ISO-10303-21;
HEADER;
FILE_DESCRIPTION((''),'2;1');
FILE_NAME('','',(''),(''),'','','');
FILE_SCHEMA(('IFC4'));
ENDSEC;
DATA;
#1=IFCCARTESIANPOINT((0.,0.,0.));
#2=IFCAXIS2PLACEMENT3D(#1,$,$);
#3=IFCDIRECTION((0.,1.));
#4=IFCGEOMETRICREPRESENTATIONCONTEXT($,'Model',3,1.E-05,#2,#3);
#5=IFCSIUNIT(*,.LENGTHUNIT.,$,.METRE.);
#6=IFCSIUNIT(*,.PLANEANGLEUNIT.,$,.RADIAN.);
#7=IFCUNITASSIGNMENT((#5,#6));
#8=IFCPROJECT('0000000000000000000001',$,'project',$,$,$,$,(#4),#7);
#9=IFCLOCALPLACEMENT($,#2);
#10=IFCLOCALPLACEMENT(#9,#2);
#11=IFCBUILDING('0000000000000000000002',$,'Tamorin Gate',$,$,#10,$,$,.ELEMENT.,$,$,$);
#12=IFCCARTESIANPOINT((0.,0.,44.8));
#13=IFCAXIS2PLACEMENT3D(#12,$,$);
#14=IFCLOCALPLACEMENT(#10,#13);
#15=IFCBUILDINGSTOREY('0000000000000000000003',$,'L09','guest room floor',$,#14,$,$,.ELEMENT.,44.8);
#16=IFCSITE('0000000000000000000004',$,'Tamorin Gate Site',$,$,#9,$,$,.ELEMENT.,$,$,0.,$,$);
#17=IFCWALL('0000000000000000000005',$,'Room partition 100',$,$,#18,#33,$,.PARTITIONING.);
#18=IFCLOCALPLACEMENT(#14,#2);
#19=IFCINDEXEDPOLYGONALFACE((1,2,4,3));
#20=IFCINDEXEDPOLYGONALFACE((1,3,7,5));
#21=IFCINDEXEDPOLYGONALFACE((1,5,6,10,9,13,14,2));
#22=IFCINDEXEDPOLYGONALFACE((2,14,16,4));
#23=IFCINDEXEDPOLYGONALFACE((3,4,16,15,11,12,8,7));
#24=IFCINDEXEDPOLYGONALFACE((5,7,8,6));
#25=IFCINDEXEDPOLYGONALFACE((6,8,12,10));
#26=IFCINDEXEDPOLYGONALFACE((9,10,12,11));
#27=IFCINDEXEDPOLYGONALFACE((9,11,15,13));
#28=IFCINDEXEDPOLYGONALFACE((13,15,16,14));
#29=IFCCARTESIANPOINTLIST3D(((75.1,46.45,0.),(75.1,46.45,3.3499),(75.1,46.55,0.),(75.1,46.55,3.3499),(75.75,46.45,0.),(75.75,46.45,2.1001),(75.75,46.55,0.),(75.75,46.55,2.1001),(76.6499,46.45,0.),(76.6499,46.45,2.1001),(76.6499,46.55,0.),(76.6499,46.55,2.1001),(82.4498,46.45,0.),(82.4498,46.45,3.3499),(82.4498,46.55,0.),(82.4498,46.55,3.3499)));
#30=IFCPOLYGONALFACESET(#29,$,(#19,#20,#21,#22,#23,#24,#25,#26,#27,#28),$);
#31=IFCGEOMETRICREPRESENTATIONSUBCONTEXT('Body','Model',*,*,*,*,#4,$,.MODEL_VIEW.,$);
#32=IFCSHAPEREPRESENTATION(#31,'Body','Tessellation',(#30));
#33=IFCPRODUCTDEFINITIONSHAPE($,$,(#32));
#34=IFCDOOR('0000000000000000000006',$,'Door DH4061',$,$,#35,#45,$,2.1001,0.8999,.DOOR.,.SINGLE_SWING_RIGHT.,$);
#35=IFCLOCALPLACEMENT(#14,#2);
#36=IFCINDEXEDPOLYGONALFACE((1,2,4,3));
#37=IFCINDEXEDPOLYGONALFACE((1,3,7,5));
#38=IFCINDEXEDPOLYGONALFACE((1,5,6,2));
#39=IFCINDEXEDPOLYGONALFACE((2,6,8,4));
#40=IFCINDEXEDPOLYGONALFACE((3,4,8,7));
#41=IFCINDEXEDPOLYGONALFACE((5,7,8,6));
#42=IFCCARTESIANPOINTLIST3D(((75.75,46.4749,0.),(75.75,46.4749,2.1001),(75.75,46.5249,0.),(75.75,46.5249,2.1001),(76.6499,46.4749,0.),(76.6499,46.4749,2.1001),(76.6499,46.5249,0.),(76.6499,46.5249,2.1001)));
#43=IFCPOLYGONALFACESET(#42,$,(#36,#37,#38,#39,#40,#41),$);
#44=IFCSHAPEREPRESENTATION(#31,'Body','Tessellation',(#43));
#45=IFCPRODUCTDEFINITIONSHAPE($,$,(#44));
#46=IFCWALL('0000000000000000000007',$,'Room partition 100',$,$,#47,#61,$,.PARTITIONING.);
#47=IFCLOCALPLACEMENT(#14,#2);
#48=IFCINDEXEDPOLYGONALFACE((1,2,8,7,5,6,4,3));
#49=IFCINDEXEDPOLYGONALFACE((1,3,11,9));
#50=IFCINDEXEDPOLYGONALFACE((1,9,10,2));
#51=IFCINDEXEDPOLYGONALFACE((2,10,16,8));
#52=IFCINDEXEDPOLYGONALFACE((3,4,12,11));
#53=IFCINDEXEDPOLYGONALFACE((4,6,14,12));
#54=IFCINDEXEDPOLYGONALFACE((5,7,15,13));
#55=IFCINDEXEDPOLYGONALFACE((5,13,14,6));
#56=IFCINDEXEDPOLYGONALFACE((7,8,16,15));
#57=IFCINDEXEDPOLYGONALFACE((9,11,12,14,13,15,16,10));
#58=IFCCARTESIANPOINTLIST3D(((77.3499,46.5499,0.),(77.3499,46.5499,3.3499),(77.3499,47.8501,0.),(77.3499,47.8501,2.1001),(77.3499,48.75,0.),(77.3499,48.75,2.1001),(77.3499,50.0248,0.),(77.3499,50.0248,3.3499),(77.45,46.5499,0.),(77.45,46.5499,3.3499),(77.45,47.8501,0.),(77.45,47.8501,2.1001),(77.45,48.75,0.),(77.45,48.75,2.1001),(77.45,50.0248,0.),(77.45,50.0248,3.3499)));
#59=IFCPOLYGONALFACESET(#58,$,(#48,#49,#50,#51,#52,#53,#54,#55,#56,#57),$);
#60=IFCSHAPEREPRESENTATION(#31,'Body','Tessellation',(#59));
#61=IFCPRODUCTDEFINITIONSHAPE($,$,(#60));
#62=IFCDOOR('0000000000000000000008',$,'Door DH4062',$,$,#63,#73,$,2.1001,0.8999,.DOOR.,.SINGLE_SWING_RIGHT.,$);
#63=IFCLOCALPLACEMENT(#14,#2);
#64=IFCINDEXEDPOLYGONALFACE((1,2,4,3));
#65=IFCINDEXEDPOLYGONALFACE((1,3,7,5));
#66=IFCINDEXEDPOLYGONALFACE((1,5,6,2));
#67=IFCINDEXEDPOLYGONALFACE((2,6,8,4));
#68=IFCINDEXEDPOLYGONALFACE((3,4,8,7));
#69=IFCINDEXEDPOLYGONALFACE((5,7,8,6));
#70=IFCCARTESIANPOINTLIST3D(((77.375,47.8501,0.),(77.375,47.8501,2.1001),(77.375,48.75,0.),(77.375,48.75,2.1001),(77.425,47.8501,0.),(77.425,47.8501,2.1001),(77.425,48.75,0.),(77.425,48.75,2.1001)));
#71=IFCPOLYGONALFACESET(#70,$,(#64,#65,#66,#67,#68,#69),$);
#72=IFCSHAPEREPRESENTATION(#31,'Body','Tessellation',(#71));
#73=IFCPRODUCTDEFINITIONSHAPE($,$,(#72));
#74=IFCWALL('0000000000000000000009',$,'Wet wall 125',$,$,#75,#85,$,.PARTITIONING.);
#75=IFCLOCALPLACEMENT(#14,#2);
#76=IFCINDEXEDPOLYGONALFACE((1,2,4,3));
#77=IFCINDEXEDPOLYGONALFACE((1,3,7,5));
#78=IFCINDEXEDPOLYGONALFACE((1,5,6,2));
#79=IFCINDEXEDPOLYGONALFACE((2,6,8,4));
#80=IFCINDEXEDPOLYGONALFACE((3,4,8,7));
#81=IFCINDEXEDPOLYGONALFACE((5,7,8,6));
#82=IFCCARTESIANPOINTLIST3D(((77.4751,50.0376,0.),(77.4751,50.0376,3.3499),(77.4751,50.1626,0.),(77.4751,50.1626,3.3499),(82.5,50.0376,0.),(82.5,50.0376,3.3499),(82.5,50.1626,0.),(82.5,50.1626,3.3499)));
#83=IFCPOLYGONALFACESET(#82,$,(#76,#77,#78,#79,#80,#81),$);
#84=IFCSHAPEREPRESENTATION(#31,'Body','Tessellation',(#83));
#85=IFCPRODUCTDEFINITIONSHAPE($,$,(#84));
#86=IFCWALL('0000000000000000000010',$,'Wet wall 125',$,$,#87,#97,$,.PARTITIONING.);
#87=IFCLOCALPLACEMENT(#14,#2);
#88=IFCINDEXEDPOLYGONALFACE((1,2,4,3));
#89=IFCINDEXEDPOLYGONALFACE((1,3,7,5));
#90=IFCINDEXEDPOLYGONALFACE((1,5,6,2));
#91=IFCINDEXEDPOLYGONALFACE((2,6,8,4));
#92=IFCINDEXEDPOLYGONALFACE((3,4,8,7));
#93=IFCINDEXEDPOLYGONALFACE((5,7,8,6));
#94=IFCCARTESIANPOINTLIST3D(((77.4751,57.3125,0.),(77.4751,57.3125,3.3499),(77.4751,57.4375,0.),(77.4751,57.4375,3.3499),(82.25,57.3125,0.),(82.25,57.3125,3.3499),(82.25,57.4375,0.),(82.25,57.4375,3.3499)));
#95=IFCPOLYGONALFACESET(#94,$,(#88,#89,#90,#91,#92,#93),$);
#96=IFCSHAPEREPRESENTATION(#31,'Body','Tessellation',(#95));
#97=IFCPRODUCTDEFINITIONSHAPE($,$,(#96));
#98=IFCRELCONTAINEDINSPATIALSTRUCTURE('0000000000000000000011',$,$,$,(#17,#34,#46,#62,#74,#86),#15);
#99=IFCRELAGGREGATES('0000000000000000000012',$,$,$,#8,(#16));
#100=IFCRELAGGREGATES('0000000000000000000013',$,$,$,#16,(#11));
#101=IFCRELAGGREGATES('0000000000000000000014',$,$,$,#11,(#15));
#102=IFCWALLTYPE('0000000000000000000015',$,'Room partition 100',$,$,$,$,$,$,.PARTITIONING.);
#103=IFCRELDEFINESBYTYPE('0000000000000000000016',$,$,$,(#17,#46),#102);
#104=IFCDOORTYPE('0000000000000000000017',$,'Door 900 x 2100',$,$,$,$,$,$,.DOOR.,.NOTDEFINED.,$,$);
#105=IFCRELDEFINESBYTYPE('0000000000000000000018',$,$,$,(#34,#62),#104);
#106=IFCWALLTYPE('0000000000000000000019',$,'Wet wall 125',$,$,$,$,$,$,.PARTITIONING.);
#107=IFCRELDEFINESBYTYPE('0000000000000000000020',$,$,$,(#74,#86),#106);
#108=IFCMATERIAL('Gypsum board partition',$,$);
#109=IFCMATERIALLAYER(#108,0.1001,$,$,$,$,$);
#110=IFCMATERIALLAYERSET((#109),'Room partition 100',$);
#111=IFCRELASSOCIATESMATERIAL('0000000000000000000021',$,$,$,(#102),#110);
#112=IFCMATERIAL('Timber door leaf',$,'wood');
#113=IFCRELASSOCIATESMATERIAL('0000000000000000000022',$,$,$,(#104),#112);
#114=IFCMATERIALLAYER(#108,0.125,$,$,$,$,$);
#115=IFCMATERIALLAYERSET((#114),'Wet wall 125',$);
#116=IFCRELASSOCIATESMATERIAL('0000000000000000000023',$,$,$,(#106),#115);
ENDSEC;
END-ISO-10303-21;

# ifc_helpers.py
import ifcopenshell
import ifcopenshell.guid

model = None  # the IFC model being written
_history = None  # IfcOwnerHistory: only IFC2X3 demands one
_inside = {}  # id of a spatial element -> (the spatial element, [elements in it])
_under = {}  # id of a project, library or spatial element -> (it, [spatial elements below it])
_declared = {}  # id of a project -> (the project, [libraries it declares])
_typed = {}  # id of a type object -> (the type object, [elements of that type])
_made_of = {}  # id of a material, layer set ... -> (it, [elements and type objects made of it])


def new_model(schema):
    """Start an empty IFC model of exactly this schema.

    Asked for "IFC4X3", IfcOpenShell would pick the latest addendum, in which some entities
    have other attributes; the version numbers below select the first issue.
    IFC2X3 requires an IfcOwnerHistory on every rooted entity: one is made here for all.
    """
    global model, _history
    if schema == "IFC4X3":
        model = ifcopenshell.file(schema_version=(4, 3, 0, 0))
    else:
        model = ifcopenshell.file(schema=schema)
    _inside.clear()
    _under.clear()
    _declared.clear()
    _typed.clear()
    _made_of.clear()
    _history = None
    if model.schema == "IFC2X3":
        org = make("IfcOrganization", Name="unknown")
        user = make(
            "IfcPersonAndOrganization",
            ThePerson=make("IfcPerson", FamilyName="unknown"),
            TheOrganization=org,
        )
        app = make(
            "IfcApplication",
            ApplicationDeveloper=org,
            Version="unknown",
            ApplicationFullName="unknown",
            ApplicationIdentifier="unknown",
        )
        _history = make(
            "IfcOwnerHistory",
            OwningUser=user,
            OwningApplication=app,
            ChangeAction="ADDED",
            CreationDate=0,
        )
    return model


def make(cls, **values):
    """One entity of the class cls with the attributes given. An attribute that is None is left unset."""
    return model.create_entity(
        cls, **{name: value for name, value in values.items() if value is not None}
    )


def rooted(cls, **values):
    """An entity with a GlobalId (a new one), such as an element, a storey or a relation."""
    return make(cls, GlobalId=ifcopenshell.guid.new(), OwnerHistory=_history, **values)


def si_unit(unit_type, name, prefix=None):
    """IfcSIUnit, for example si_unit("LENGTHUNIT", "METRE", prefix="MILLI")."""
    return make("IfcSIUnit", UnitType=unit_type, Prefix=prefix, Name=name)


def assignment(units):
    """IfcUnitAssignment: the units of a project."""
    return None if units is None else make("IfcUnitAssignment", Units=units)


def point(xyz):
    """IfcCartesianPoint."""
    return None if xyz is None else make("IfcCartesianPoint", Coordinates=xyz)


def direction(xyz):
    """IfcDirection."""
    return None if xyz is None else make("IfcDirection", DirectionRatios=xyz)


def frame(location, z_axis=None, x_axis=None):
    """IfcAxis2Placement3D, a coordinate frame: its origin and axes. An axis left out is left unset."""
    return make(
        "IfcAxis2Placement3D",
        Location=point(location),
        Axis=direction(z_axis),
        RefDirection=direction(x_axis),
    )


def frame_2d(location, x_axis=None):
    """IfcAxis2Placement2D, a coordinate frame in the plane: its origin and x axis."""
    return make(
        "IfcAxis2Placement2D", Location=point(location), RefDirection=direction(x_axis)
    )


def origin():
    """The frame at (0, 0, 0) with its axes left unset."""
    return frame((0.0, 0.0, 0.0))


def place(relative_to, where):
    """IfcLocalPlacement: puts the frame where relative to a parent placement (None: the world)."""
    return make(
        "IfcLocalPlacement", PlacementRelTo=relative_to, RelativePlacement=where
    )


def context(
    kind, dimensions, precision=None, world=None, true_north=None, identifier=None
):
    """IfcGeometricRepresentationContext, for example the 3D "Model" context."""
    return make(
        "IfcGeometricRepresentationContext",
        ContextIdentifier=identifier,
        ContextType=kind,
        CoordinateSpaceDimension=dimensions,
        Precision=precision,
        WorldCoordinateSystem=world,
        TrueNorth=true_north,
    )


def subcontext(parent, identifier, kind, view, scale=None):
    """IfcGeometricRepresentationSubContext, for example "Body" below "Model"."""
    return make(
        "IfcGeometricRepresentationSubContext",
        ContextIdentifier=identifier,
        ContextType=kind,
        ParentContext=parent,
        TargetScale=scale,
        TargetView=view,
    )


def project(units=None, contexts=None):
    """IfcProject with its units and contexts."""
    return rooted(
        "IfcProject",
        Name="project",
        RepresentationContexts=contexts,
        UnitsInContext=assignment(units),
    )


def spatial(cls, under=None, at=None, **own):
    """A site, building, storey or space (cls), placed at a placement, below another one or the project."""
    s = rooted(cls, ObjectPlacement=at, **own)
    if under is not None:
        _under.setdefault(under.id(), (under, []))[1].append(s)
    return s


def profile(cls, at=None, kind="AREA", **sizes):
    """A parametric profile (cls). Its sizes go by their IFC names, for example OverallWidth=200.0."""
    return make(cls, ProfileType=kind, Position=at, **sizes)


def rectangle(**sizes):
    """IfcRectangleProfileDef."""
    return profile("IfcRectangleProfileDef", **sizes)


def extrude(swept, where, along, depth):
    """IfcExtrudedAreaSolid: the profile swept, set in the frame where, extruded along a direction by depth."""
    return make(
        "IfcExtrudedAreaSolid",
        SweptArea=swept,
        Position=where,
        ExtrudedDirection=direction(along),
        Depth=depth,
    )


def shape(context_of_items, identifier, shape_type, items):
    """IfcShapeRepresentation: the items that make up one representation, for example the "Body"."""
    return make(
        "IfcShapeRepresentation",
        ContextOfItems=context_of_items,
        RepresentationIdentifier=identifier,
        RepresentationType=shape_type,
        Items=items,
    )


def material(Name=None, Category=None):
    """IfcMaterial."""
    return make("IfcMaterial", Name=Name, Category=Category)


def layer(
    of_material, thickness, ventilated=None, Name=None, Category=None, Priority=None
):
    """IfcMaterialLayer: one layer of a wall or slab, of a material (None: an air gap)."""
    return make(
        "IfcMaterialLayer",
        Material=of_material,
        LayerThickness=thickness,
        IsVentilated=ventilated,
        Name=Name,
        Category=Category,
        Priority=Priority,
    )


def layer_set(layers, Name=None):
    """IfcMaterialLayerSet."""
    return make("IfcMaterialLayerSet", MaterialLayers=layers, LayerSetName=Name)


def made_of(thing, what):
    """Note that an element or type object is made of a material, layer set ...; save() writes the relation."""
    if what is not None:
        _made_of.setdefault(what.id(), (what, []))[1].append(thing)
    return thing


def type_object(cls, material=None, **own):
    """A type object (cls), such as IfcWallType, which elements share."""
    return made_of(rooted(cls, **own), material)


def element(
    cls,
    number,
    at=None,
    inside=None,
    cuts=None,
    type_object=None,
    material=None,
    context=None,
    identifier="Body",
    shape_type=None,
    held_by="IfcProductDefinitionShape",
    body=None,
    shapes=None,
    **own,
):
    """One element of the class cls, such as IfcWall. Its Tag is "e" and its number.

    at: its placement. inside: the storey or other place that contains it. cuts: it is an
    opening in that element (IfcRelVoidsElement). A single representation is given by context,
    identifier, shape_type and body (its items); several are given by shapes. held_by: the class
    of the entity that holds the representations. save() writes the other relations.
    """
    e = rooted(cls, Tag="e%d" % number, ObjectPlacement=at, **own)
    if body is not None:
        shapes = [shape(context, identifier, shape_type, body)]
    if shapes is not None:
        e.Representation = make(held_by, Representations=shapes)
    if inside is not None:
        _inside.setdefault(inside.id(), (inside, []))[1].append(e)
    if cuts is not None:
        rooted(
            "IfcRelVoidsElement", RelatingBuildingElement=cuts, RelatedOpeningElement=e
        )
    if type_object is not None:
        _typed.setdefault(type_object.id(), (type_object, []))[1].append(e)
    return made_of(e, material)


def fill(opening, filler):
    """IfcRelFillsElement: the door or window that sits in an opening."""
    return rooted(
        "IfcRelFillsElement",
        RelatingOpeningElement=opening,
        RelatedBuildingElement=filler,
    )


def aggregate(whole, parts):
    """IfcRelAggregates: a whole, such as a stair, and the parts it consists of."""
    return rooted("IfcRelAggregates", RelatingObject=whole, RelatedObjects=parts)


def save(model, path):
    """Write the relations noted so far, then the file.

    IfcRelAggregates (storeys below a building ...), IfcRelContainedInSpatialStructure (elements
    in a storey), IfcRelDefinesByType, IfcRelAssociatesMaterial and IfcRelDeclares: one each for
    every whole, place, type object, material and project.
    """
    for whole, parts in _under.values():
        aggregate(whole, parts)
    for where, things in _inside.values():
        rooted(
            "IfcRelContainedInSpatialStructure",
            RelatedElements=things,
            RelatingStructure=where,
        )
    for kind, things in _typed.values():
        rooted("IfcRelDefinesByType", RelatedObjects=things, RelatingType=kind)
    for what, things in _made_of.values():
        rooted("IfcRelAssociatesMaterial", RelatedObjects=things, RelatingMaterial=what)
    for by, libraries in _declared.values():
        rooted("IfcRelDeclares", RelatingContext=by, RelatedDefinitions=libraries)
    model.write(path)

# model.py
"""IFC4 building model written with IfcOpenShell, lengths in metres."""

from ifc_helpers import new_model, si_unit, direction, frame, frame_2d, origin, place, context, subcontext, project, spatial, rectangle, extrude, material, layer, layer_set, type_object, element, fill, save


model = new_model("IFC4")

# Units and contexts
model_context = context("Model", 3, precision=1e-05, world=origin(), true_north=direction((0.0, 1.0)))
body_context = subcontext(model_context, "Body", "Model", "MODEL_VIEW")
ifc_project = project(units=[si_unit("LENGTHUNIT", "METRE"), si_unit("PLANEANGLEUNIT", "RADIAN")], contexts=[model_context])

# Site, building, storey
site_placement = place(None, origin())
site = spatial("IfcSite", under=ifc_project, at=site_placement, Name="Tamorin Gate Site", CompositionType="ELEMENT", RefElevation=0.0)
building_placement = place(site_placement, origin())
building = spatial("IfcBuilding", under=site, at=building_placement, Name="Tamorin Gate", CompositionType="ELEMENT")
storey_placement = place(building_placement, frame((0.0, 0.0, 44.8)))
storey = spatial("IfcBuildingStorey", under=building, at=storey_placement, Name="L09", Description="guest room floor", CompositionType="ELEMENT", Elevation=44.8)

# Shared definitions
ifc_material_1 = material(Name="Gypsum board partition")
ifc_material_2 = material(Name="Timber door leaf", Category="wood")

# Walls, openings, doors
ifc_layer_1 = layer(ifc_material_1, 0.1001)
ifc_layer_set_1 = layer_set([ifc_layer_1], Name="Room partition 100")
wall_type_1 = type_object("IfcWallType", Name="Room partition 100", PredefinedType="PARTITIONING", material=ifc_layer_set_1)
wall_1_placement = place(storey_placement, frame((75.1001, 46.5, 0.0), z_axis=(0.0, 0.0, 1.0), x_axis=(1.0, 0.0, 0.0)))
wall_1 = element("IfcWall", 1, at=wall_1_placement, inside=storey, type_object=wall_type_1, Name="Room partition 100", PredefinedType="PARTITIONING", context=body_context, shape_type="SweptSolid", body=[
    extrude(rectangle(XDim=7.3499, YDim=0.1001, at=frame_2d((3.6748, 0.0))), origin(), (0.0, 0.0, 1.0), 3.3499),
])
opening_1_placement = place(wall_1_placement, frame((0.6499, 0.0, 0.0)))
opening_1 = element("IfcOpeningElement", 2, at=opening_1_placement, cuts=wall_1, PredefinedType="OPENING", context=body_context, shape_type="SweptSolid", body=[
    extrude(rectangle(XDim=0.8999, YDim=2.1001, at=frame_2d((0.45, 1.05))), frame((0.0, 0.0601, 0.0), z_axis=(0.0, -1.0, 0.0), x_axis=(1.0, 0.0, 0.0)), (0.0, 0.0, 1.0), 0.1201),
])
door_type_1 = type_object("IfcDoorType", Name="Door 900 x 2100", OperationType="NOTDEFINED", PredefinedType="DOOR", material=ifc_material_2)
door_1_placement = place(opening_1_placement, origin())
door_1 = element("IfcDoor", 3, at=door_1_placement, inside=storey, type_object=door_type_1, Name="Door DH4061", OperationType="SINGLE_SWING_RIGHT", OverallHeight=2.1001, OverallWidth=0.8999, PredefinedType="DOOR", context=body_context, shape_type="SweptSolid", body=[
    extrude(rectangle(XDim=0.8999, YDim=2.1001, at=frame_2d((0.45, 1.05))), frame((0.0, 0.0249, 0.0), z_axis=(0.0, -1.0, 0.0), x_axis=(1.0, 0.0, 0.0)), (0.0, 0.0, 1.0), 0.05),
])
fill(opening_1, door_1)
wall_2_placement = place(storey_placement, frame((77.3999, 46.55, 0.0), z_axis=(0.0, 0.0, 1.0), x_axis=(0.0, 1.0, 0.0)))
wall_2 = element("IfcWall", 4, at=wall_2_placement, inside=storey, type_object=wall_type_1, Name="Room partition 100", PredefinedType="PARTITIONING", context=body_context, shape_type="SweptSolid", body=[
    extrude(rectangle(XDim=3.4749, YDim=0.1001, at=frame_2d((1.7373, 0.0))), origin(), (0.0, 0.0, 1.0), 3.3499),
])
opening_2_placement = place(wall_2_placement, frame((1.3, 0.0, 0.0)))
opening_2 = element("IfcOpeningElement", 5, at=opening_2_placement, cuts=wall_2, PredefinedType="OPENING", context=body_context, shape_type="SweptSolid", body=[
    extrude(rectangle(XDim=0.8999, YDim=2.1001, at=frame_2d((0.45, 1.05))), frame((0.0, 0.0601, 0.0), z_axis=(0.0, -1.0, 0.0), x_axis=(1.0, 0.0, 0.0)), (0.0, 0.0, 1.0), 0.1201),
])
door_2_placement = place(opening_2_placement, origin())
door_2 = element("IfcDoor", 6, at=door_2_placement, inside=storey, type_object=door_type_1, Name="Door DH4062", OperationType="SINGLE_SWING_RIGHT", OverallHeight=2.1001, OverallWidth=0.8999, PredefinedType="DOOR", context=body_context, shape_type="SweptSolid", body=[
    extrude(rectangle(XDim=0.8999, YDim=2.1001, at=frame_2d((0.45, 1.05))), frame((0.0, 0.0249, 0.0), z_axis=(0.0, -1.0, 0.0), x_axis=(1.0, 0.0, 0.0)), (0.0, 0.0, 1.0), 0.05),
])
fill(opening_2, door_2)

# Walls
ifc_layer_2 = layer(ifc_material_1, 0.125)
ifc_layer_set_2 = layer_set([ifc_layer_2], Name="Wet wall 125")
wall_type_2 = type_object("IfcWallType", Name="Wet wall 125", PredefinedType="PARTITIONING", material=ifc_layer_set_2)
wall_3_placement = place(storey_placement, frame((77.4751, 50.1001, 0.0), z_axis=(0.0, 0.0, 1.0), x_axis=(1.0, 0.0, 0.0)))
element("IfcWall", 7, at=wall_3_placement, inside=storey, type_object=wall_type_2, Name="Wet wall 125", PredefinedType="PARTITIONING", context=body_context, shape_type="SweptSolid", body=[
    extrude(rectangle(XDim=5.0249, YDim=0.125, at=frame_2d((2.5125, 0.0))), origin(), (0.0, 0.0, 1.0), 3.3499),
])
wall_4_placement = place(storey_placement, frame((77.4751, 57.375, 0.0), z_axis=(0.0, 0.0, 1.0), x_axis=(1.0, 0.0, 0.0)))
element("IfcWall", 8, at=wall_4_placement, inside=storey, type_object=wall_type_2, Name="Wet wall 125", PredefinedType="PARTITIONING", context=body_context, shape_type="SweptSolid", body=[
    extrude(rectangle(XDim=4.7749, YDim=0.125, at=frame_2d((2.3875, 0.0))), origin(), (0.0, 0.0, 1.0), 3.3499),
])

save(model, "model.ifc")
